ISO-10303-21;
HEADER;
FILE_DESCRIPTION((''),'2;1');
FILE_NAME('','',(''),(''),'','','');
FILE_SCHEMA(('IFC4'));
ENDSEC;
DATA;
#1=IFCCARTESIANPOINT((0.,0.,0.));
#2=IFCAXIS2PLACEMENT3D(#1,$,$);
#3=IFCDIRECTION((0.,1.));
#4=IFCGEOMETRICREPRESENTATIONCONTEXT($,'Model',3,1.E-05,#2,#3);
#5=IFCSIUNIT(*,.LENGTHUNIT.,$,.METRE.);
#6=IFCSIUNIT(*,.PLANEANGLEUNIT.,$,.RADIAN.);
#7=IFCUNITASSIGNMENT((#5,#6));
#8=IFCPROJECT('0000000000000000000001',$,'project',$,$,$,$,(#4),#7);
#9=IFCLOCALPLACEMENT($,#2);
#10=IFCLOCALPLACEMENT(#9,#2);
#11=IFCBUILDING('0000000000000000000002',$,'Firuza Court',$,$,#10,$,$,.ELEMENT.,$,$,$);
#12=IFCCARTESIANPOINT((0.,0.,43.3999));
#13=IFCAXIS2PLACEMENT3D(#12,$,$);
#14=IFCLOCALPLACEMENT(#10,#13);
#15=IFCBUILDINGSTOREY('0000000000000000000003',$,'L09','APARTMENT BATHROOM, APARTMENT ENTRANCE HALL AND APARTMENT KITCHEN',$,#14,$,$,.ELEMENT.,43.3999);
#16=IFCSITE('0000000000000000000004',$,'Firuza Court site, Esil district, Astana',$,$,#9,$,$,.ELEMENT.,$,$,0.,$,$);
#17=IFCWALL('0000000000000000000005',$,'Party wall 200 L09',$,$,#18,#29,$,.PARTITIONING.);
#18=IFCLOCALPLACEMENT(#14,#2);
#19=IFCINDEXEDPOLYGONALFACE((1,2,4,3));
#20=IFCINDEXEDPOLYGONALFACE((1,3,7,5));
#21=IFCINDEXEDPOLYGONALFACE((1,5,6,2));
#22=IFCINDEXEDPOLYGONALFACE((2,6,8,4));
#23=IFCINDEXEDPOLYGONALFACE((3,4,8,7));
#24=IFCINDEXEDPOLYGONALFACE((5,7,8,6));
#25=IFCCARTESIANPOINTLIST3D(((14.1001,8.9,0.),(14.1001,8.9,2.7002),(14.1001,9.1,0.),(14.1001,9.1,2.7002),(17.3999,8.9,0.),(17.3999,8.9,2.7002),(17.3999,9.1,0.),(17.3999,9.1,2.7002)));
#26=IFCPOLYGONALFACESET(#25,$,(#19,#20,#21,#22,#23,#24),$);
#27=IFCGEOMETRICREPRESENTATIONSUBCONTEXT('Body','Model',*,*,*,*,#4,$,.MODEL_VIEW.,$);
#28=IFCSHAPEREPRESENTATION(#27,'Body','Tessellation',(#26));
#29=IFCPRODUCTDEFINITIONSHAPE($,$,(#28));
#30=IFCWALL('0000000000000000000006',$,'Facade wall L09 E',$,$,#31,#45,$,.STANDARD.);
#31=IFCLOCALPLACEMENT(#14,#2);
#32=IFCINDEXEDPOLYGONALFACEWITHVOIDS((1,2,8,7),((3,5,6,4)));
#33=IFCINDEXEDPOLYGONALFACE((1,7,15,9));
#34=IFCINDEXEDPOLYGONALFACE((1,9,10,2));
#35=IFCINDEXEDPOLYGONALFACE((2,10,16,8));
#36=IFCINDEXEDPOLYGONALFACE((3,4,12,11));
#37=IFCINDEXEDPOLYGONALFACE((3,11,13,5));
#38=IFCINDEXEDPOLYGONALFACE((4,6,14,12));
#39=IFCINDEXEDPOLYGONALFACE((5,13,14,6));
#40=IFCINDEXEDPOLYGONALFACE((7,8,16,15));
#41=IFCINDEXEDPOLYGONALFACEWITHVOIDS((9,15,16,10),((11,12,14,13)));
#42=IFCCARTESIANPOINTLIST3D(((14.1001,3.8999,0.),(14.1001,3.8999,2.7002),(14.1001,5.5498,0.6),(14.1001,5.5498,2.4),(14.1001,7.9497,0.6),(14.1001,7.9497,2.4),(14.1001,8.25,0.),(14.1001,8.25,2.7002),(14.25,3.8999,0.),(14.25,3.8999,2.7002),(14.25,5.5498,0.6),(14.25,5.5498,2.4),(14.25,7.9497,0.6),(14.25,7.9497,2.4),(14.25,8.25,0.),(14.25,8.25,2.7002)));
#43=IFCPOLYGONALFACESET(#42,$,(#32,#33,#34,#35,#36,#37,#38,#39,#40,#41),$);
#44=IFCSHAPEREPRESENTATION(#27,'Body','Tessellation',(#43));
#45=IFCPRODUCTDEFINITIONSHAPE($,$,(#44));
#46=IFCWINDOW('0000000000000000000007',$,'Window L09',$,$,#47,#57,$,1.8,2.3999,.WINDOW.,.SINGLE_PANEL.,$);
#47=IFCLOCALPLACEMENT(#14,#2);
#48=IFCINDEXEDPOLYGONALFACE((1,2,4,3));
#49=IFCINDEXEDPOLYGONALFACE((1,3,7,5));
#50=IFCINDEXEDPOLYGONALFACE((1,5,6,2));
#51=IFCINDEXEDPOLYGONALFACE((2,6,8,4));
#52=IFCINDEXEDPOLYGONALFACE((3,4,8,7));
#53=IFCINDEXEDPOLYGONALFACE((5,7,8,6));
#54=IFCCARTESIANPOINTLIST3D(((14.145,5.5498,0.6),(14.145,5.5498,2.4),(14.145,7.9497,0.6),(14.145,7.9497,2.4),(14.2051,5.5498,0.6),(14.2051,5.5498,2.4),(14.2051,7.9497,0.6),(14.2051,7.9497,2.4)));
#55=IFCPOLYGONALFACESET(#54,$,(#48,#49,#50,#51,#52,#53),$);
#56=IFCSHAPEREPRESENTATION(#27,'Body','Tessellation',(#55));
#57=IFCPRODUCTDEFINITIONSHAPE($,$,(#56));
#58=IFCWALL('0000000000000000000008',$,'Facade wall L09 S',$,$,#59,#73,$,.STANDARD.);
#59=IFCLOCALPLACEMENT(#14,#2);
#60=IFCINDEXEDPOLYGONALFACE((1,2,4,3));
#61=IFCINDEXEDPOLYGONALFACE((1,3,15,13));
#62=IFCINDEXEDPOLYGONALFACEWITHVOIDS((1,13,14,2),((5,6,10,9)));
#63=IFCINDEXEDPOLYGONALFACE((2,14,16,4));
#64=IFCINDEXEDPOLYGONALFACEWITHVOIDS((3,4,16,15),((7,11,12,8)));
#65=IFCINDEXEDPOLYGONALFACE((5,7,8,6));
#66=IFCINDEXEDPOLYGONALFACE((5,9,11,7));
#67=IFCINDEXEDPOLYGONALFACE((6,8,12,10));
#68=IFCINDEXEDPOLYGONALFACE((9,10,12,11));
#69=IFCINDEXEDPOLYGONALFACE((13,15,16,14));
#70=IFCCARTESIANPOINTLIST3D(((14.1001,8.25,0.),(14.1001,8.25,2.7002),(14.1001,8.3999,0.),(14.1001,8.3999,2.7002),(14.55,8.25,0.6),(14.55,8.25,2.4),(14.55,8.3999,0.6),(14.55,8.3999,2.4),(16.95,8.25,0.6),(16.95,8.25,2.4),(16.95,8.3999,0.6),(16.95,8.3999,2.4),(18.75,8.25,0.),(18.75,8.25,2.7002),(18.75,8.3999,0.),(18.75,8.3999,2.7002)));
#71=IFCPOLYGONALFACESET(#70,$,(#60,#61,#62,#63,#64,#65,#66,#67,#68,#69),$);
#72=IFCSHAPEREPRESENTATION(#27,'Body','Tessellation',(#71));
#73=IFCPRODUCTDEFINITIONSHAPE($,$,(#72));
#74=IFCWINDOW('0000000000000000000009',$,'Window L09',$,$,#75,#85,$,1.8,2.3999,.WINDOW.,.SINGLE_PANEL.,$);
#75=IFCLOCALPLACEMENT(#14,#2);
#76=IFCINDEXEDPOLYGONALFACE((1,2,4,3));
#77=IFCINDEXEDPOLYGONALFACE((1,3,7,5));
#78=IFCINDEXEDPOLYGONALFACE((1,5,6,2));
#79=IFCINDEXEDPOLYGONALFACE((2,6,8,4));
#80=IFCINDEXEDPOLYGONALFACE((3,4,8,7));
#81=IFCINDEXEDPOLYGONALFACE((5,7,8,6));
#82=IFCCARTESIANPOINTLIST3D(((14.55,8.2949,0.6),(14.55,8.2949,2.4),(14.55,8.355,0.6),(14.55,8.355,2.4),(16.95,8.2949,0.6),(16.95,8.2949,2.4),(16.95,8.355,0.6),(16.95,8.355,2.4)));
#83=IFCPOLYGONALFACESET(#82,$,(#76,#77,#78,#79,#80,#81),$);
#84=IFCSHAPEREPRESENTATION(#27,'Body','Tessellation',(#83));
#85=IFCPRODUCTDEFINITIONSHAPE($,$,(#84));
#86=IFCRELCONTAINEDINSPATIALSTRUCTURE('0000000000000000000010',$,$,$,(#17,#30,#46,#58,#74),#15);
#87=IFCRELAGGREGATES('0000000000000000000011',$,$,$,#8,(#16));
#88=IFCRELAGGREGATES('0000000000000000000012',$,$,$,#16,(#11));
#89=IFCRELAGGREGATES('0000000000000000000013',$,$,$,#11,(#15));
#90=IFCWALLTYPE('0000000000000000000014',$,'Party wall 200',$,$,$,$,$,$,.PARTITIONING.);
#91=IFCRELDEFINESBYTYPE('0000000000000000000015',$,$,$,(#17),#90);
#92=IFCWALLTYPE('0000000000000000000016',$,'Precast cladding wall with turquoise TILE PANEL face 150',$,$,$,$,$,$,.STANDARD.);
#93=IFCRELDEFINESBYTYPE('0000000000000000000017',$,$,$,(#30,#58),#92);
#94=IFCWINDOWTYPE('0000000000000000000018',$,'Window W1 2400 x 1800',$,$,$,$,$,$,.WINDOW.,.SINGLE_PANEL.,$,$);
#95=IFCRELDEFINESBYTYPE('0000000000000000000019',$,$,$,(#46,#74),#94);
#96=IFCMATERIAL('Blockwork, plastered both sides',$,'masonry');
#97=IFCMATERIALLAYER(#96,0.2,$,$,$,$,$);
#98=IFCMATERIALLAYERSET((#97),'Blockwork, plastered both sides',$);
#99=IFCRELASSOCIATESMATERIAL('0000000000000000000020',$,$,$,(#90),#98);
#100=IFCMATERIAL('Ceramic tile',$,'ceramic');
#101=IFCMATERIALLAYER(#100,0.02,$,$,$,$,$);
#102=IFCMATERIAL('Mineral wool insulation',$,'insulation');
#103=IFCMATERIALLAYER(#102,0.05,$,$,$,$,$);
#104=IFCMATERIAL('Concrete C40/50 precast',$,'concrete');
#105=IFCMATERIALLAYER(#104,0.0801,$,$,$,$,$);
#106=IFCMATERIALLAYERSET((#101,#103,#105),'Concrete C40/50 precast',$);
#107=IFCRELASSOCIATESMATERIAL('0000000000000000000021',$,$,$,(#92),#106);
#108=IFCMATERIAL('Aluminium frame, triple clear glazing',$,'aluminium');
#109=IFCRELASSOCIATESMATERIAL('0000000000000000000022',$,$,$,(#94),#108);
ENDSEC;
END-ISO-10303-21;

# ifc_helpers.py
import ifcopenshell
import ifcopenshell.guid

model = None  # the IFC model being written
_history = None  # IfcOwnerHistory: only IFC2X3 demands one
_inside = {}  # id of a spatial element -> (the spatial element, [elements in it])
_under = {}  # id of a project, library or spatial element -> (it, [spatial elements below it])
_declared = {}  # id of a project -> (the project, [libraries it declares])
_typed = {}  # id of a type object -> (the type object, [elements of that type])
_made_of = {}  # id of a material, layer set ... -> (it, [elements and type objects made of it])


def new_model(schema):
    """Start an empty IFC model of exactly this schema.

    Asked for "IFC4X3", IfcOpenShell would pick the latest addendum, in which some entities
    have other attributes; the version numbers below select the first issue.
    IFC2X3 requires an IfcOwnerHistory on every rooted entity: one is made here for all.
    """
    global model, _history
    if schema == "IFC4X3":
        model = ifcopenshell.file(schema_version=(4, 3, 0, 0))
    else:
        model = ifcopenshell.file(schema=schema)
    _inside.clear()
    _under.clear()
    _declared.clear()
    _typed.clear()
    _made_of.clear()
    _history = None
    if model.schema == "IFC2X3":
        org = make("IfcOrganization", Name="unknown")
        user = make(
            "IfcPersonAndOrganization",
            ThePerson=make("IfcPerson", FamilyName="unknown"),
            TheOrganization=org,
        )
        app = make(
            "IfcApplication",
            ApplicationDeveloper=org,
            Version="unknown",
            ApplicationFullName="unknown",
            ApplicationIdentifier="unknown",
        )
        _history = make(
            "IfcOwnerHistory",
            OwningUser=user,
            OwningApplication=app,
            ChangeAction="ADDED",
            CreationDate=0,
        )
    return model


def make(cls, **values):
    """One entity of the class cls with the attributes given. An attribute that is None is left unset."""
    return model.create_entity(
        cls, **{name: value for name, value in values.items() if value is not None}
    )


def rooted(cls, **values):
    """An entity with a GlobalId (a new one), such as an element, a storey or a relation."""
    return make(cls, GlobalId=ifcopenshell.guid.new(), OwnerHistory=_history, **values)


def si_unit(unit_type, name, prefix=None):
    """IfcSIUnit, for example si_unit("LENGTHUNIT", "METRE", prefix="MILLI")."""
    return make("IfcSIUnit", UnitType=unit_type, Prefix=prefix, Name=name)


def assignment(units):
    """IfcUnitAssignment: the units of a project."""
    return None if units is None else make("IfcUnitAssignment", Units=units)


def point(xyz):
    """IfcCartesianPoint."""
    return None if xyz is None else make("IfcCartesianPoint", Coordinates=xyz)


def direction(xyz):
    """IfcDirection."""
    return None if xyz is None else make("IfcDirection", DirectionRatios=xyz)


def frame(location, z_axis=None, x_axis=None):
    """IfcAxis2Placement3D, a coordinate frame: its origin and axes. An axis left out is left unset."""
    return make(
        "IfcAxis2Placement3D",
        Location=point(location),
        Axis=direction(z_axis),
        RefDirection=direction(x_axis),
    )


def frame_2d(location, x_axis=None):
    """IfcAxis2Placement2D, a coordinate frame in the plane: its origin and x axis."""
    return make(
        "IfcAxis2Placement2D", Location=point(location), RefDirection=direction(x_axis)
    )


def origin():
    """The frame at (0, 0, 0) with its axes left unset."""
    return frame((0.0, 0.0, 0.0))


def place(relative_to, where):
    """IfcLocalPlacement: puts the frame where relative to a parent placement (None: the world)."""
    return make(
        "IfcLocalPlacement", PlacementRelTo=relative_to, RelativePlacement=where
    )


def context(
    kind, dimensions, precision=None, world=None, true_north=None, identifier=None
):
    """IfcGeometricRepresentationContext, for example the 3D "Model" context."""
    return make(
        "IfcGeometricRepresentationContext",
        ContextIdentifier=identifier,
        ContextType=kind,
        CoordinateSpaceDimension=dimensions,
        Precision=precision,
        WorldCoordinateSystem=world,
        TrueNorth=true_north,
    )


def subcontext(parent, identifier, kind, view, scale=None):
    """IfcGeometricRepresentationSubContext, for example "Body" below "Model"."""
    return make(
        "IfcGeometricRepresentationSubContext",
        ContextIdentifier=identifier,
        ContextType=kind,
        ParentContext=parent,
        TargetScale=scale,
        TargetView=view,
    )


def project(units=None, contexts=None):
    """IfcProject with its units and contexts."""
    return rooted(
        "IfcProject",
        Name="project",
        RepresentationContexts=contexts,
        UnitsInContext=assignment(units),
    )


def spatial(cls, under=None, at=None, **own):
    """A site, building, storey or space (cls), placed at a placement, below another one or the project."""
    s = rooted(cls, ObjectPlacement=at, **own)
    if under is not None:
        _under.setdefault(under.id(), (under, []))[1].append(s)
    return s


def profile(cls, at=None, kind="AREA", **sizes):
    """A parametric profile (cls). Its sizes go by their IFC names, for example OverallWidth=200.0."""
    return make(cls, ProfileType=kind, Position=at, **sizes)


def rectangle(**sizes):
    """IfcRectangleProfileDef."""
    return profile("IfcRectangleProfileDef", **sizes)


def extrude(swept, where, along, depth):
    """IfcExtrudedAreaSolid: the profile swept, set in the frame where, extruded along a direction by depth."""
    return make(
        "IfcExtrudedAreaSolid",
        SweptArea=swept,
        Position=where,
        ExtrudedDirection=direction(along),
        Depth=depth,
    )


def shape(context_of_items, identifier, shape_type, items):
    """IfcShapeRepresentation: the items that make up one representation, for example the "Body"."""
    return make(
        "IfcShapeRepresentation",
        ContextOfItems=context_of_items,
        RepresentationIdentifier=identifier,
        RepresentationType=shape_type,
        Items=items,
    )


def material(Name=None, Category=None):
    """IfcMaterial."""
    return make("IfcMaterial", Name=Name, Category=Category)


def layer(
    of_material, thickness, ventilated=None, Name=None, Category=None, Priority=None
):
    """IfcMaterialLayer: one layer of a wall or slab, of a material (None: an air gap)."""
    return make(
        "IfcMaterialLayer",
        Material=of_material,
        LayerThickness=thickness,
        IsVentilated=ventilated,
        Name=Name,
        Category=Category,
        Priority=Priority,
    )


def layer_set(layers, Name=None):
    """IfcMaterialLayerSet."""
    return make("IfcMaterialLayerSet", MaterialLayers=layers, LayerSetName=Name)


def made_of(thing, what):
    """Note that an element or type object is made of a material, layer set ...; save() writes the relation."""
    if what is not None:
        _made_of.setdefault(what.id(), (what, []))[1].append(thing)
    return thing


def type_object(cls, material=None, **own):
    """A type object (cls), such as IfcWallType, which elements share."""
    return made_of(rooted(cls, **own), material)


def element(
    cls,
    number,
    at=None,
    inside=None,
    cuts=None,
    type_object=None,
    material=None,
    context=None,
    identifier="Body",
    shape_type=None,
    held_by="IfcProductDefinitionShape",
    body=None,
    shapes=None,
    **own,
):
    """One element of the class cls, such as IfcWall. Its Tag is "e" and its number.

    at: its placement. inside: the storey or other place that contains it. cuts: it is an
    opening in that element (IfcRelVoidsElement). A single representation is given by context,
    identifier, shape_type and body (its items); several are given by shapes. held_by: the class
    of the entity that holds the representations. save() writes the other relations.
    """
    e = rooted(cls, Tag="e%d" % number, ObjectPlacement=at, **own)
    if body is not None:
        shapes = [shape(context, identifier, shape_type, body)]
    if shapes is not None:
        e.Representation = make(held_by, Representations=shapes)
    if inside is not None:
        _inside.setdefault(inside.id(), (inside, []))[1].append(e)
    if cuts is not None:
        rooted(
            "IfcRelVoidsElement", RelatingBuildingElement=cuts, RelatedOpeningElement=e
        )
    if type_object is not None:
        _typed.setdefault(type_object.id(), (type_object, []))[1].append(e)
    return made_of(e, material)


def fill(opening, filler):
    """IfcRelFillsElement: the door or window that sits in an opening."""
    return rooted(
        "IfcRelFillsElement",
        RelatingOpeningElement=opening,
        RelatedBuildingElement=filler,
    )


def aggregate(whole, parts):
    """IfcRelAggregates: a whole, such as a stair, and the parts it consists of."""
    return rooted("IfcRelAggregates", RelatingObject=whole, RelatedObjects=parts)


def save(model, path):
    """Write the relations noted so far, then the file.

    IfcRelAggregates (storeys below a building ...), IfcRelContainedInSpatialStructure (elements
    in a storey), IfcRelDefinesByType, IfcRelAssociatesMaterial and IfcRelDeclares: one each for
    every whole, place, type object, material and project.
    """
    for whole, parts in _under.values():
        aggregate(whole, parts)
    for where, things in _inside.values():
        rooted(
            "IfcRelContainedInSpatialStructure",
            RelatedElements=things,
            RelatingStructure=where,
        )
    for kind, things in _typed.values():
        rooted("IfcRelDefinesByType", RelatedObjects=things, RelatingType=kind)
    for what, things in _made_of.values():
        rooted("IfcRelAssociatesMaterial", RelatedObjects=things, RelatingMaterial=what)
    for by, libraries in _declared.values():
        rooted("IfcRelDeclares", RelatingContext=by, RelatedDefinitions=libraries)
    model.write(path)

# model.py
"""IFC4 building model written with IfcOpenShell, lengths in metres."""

from ifc_helpers import new_model, si_unit, direction, frame, frame_2d, origin, place, context, subcontext, project, spatial, rectangle, extrude, material, layer, layer_set, type_object, element, fill, save


model = new_model("IFC4")

# Units and contexts
model_context = context("Model", 3, precision=1e-05, world=origin(), true_north=direction((0.0, 1.0)))
body_context = subcontext(model_context, "Body", "Model", "MODEL_VIEW")
ifc_project = project(units=[si_unit("LENGTHUNIT", "METRE"), si_unit("PLANEANGLEUNIT", "RADIAN")], contexts=[model_context])

# Site, building, storey
site_placement = place(None, origin())
site = spatial("IfcSite", under=ifc_project, at=site_placement, Name="Firuza Court site, Esil district, Astana", CompositionType="ELEMENT", RefElevation=0.0)
building_placement = place(site_placement, origin())
building = spatial("IfcBuilding", under=site, at=building_placement, Name="Firuza Court", CompositionType="ELEMENT")
storey_placement = place(building_placement, frame((0.0, 0.0, 43.3999)))
storey = spatial("IfcBuildingStorey", under=building, at=storey_placement, Name="L09", Description="APARTMENT BATHROOM, APARTMENT ENTRANCE HALL AND APARTMENT KITCHEN", CompositionType="ELEMENT", Elevation=43.3999)

# Shared definitions
ifc_material_1 = material(Name="Blockwork, plastered both sides", Category="masonry")

# Wall
ifc_layer_1 = layer(ifc_material_1, 0.2)
ifc_layer_set_1 = layer_set([ifc_layer_1], Name="Blockwork, plastered both sides")
wall_type_1 = type_object("IfcWallType", Name="Party wall 200", PredefinedType="PARTITIONING", material=ifc_layer_set_1)
wall_1_placement = place(storey_placement, frame((14.1001, 9.0, 0.0), z_axis=(0.0, 0.0, 1.0), x_axis=(1.0, 0.0, 0.0)))
element("IfcWall", 1, at=wall_1_placement, inside=storey, type_object=wall_type_1, Name="Party wall 200 L09", PredefinedType="PARTITIONING", context=body_context, shape_type="SweptSolid", body=[
    extrude(rectangle(XDim=3.2998, YDim=0.2, at=frame_2d((1.6499, 0.0))), origin(), (0.0, 0.0, 1.0), 2.7002),
])

# Walls, openings, windows
ifc_material_2 = material(Name="Ceramic tile", Category="ceramic")
ifc_layer_2 = layer(ifc_material_2, 0.02)
ifc_material_3 = material(Name="Mineral wool insulation", Category="insulation")
ifc_layer_3 = layer(ifc_material_3, 0.05)
ifc_material_4 = material(Name="Concrete C40/50 precast", Category="concrete")
ifc_layer_4 = layer(ifc_material_4, 0.0801)
ifc_layer_set_2 = layer_set([ifc_layer_2, ifc_layer_3, ifc_layer_4], Name="Concrete C40/50 precast")
wall_type_2 = type_object("IfcWallType", Name="Precast cladding wall with turquoise TILE PANEL face 150", PredefinedType="STANDARD", material=ifc_layer_set_2)
wall_2_placement = place(storey_placement, frame((14.175, 3.8999, 0.0), z_axis=(0.0, 0.0, 1.0), x_axis=(0.0, 1.0, 0.0)))
wall_2 = element("IfcWall", 2, at=wall_2_placement, inside=storey, type_object=wall_type_2, Name="Facade wall L09 E", PredefinedType="STANDARD", context=body_context, shape_type="SweptSolid", body=[
    extrude(rectangle(XDim=4.3501, YDim=0.1499, at=frame_2d((2.175, 0.0))), origin(), (0.0, 0.0, 1.0), 2.7002),
])
opening_1_placement = place(wall_2_placement, frame((1.6499, 0.0, 0.6001)))
opening_1 = element("IfcOpeningElement", 3, at=opening_1_placement, cuts=wall_2, PredefinedType="OPENING", context=body_context, shape_type="SweptSolid", body=[
    extrude(rectangle(XDim=2.3999, YDim=1.8, at=frame_2d((1.2, 0.8999))), frame((0.0, 0.0869, 0.0), z_axis=(0.0, -1.0, 0.0), x_axis=(1.0, 0.0, 0.0)), (0.0, 0.0, 1.0), 0.1738),
])
ifc_material_5 = material(Name="Aluminium frame, triple clear glazing", Category="aluminium")
window_type = type_object("IfcWindowType", Name="Window W1 2400 x 1800", PartitioningType="SINGLE_PANEL", PredefinedType="WINDOW", material=ifc_material_5)
window_1_placement = place(opening_1_placement, origin())
window_1 = element("IfcWindow", 4, at=window_1_placement, inside=storey, type_object=window_type, Name="Window L09", OverallHeight=1.8, OverallWidth=2.3999, PartitioningType="SINGLE_PANEL", PredefinedType="WINDOW", context=body_context, shape_type="SweptSolid", body=[
    extrude(rectangle(XDim=2.3999, YDim=1.8, at=frame_2d((1.2, 0.8999))), frame((0.0, 0.03, 0.0), z_axis=(0.0, -1.0, 0.0), x_axis=(1.0, 0.0, 0.0)), (0.0, 0.0, 1.0), 0.0601),
])
fill(opening_1, window_1)
wall_3_placement = place(storey_placement, frame((14.1001, 8.325, 0.0), z_axis=(0.0, 0.0, 1.0), x_axis=(1.0, 0.0, 0.0)))
wall_3 = element("IfcWall", 5, at=wall_3_placement, inside=storey, type_object=wall_type_2, Name="Facade wall L09 S", PredefinedType="STANDARD", context=body_context, shape_type="SweptSolid", body=[
    extrude(rectangle(XDim=4.6499, YDim=0.1499, at=frame_2d((2.325, 0.0))), origin(), (0.0, 0.0, 1.0), 2.7002),
])
opening_2_placement = place(wall_3_placement, frame((0.45, 0.0, 0.6001)))
opening_2 = element("IfcOpeningElement", 6, at=opening_2_placement, cuts=wall_3, PredefinedType="OPENING", context=body_context, shape_type="SweptSolid", body=[
    extrude(rectangle(XDim=2.3999, YDim=1.8, at=frame_2d((1.2, 0.8999))), frame((0.0, 0.0869, 0.0), z_axis=(0.0, -1.0, 0.0), x_axis=(1.0, 0.0, 0.0)), (0.0, 0.0, 1.0), 0.1738),
])
window_2_placement = place(opening_2_placement, origin())
window_2 = element("IfcWindow", 7, at=window_2_placement, inside=storey, type_object=window_type, Name="Window L09", OverallHeight=1.8, OverallWidth=2.3999, PartitioningType="SINGLE_PANEL", PredefinedType="WINDOW", context=body_context, shape_type="SweptSolid", body=[
    extrude(rectangle(XDim=2.3999, YDim=1.8, at=frame_2d((1.2, 0.8999))), frame((0.0, 0.03, 0.0), z_axis=(0.0, -1.0, 0.0), x_axis=(1.0, 0.0, 0.0)), (0.0, 0.0, 1.0), 0.0601),
])
fill(opening_2, window_2)

save(model, "model.ifc")
